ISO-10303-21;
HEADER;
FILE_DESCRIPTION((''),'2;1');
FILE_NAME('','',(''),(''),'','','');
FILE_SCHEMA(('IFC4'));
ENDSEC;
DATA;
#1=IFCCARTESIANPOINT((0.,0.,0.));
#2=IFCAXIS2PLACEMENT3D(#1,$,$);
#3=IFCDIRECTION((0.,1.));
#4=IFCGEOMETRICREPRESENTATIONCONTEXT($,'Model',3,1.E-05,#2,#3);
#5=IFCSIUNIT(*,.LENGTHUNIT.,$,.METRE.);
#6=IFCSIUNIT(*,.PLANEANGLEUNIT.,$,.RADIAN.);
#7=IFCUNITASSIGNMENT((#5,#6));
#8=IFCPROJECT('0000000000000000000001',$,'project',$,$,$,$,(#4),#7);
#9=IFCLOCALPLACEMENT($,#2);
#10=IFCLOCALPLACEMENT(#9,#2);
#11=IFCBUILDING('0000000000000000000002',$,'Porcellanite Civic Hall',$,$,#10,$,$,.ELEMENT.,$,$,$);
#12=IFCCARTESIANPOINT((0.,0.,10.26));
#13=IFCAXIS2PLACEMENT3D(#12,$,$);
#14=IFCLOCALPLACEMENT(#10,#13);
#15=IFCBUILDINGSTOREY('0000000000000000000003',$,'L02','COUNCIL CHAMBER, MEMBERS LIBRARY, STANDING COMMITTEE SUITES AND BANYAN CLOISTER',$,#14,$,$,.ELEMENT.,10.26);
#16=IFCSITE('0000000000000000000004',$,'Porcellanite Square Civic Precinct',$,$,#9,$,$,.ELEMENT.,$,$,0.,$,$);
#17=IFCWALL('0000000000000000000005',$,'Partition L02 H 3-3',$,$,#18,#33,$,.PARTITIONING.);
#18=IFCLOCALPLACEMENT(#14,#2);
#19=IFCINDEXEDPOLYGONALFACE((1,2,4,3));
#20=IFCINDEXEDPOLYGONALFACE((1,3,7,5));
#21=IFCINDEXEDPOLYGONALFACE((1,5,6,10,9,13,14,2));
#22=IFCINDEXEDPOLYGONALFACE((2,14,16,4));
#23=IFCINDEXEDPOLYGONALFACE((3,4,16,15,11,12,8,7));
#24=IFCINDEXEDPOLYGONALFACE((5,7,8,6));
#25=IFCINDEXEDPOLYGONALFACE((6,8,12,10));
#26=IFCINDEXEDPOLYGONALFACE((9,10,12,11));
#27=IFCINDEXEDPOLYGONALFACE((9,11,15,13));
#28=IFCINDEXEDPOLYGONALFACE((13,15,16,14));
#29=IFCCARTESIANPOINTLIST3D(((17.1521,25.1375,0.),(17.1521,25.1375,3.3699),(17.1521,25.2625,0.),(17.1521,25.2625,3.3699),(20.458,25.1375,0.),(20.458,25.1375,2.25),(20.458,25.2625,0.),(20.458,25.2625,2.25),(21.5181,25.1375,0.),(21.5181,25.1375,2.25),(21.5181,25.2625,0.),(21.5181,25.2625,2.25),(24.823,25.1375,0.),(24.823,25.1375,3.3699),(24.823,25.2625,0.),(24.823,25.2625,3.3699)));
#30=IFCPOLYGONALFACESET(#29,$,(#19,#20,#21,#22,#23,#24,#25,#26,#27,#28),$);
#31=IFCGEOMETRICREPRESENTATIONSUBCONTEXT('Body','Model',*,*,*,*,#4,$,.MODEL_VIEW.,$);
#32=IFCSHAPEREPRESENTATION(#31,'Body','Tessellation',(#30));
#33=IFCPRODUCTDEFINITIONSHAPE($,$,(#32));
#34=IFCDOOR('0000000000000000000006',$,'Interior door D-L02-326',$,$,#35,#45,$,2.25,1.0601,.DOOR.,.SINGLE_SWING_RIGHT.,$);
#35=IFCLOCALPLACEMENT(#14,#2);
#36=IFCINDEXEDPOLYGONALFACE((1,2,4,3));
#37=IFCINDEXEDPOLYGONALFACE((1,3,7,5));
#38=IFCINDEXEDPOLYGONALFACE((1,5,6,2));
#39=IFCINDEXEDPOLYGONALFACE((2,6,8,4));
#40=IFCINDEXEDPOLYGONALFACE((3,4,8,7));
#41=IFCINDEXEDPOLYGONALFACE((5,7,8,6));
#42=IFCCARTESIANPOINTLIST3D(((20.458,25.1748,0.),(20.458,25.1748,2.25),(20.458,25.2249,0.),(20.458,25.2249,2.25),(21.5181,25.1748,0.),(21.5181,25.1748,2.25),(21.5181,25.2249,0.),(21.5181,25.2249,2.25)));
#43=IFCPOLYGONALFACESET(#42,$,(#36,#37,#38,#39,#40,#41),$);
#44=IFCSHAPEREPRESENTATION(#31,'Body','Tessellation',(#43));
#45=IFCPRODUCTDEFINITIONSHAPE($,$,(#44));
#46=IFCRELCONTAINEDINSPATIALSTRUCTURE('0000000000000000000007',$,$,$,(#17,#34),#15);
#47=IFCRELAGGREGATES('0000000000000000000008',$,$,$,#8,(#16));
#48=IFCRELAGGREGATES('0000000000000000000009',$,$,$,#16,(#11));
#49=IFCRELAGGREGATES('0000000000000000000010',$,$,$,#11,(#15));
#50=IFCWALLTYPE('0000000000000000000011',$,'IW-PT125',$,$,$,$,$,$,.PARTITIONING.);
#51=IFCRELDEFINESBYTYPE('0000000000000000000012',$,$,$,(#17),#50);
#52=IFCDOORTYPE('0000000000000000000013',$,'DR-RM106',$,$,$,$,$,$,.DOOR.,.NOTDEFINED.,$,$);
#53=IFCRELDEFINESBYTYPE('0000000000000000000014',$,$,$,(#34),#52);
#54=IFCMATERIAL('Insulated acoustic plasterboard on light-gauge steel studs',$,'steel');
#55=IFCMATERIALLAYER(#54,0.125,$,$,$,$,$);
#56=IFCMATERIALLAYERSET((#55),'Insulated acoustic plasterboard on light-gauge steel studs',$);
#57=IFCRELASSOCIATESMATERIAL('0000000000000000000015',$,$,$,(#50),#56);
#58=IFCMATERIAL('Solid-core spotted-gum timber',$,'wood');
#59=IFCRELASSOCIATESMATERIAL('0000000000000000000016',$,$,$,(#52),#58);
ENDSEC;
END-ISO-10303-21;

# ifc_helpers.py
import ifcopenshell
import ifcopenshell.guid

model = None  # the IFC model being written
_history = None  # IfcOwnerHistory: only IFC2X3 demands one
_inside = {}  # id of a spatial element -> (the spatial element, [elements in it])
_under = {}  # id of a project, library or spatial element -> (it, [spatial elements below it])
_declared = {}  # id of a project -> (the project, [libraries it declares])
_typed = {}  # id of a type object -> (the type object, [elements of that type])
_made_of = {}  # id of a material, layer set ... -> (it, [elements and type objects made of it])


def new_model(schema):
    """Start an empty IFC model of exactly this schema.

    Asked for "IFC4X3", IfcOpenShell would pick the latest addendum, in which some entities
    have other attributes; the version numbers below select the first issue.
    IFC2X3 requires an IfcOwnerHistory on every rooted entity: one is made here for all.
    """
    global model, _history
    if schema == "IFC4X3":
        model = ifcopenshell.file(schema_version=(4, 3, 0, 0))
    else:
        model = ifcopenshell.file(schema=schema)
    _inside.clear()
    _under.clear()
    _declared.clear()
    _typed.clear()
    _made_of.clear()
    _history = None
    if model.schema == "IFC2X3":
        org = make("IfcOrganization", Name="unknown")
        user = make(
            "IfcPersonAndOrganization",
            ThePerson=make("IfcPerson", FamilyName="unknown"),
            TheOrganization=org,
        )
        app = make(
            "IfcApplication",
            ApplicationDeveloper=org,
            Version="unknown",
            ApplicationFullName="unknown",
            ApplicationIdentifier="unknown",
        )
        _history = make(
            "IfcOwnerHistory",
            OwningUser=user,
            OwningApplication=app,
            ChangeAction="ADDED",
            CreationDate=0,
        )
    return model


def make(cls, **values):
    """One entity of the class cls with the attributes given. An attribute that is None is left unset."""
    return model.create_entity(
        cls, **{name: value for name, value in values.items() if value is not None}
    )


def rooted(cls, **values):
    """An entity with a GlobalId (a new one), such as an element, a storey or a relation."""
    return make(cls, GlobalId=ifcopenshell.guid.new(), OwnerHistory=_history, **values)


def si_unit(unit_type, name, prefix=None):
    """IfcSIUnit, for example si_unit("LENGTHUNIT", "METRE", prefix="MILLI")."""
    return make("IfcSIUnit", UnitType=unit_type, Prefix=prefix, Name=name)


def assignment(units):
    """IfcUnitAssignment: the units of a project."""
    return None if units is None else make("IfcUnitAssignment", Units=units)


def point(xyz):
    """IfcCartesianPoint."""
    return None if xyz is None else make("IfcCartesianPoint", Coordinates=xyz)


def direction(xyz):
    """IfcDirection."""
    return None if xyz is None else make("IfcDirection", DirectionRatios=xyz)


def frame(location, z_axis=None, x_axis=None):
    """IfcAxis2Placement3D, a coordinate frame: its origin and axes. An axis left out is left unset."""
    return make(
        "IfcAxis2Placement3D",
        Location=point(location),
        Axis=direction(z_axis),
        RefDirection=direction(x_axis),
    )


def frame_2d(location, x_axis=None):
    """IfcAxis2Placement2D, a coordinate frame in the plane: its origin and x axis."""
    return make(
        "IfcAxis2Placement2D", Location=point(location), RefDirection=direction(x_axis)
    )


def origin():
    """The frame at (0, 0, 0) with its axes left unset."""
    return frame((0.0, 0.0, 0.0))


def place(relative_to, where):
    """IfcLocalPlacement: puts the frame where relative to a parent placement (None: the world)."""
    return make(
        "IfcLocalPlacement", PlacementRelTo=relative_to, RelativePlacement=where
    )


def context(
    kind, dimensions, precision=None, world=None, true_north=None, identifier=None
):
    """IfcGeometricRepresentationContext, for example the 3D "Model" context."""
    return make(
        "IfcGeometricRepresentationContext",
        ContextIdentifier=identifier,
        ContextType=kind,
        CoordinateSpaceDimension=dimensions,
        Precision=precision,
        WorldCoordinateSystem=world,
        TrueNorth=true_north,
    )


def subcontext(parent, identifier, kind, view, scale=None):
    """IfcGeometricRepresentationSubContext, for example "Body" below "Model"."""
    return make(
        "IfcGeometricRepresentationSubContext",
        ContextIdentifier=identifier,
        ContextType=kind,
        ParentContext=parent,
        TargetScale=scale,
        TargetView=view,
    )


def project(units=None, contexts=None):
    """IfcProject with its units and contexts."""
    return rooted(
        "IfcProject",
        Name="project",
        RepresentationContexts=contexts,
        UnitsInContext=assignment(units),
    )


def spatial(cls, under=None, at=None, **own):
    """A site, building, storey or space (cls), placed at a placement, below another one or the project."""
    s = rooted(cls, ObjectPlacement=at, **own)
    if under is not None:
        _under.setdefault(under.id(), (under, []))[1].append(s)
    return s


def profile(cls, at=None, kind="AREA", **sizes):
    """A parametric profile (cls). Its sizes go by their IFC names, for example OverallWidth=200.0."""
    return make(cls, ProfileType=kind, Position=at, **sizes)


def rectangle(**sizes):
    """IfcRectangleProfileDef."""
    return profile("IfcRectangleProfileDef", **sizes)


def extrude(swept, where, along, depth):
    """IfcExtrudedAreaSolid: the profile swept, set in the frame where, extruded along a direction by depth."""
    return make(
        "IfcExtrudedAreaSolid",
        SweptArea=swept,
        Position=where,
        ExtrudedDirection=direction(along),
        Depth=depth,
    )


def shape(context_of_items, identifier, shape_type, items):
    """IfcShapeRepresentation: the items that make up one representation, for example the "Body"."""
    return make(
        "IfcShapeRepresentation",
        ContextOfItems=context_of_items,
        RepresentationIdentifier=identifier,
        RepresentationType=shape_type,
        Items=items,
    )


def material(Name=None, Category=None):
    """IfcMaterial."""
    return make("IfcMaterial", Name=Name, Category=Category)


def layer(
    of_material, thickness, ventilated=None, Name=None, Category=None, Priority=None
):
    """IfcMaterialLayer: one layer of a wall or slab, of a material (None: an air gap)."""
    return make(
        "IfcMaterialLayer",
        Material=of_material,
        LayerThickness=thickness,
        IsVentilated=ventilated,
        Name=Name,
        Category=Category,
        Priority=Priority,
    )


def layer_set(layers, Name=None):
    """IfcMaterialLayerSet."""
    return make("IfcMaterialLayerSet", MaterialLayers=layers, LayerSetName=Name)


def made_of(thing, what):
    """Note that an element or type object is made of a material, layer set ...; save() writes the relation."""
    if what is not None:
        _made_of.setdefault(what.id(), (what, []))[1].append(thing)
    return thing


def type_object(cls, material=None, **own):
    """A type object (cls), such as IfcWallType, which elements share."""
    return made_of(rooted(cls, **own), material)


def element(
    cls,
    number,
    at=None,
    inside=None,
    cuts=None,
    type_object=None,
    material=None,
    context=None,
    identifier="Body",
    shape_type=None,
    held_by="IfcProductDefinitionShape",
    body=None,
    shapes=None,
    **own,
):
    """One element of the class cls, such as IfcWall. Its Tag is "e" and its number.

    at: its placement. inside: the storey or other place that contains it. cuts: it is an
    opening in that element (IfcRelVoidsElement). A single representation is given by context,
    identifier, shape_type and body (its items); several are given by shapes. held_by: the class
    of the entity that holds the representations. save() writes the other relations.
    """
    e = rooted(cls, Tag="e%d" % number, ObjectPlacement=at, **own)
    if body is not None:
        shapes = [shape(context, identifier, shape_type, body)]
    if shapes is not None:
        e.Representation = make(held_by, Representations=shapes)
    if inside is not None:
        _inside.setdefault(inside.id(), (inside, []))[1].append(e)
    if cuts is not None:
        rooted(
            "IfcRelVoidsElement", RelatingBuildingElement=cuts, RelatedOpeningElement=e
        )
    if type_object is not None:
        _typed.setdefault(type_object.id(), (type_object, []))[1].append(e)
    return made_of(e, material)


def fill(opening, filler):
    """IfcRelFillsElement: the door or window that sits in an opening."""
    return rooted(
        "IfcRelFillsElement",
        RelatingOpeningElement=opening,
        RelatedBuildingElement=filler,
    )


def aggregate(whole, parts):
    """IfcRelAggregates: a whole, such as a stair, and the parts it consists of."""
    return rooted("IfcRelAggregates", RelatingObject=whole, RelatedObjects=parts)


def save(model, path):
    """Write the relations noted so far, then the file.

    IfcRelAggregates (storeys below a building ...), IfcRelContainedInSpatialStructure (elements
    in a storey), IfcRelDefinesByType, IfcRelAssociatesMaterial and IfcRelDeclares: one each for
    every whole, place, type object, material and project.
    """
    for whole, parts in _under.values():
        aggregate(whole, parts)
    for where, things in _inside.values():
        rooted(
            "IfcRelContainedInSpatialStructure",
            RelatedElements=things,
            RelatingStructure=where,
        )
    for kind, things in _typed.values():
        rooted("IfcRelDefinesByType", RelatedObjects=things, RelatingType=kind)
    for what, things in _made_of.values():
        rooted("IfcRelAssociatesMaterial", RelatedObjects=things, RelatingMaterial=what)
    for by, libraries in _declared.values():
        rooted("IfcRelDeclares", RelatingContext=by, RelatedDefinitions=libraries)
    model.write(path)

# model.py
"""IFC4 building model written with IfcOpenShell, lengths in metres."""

from ifc_helpers import new_model, si_unit, direction, frame, frame_2d, origin, place, context, subcontext, project, spatial, rectangle, extrude, material, layer, layer_set, type_object, element, fill, save


model = new_model("IFC4")

# Units and contexts
model_context = context("Model", 3, precision=1e-05, world=origin(), true_north=direction((0.0, 1.0)))
body_context = subcontext(model_context, "Body", "Model", "MODEL_VIEW")
ifc_project = project(units=[si_unit("LENGTHUNIT", "METRE"), si_unit("PLANEANGLEUNIT", "RADIAN")], contexts=[model_context])

# Site, building, storey
site_placement = place(None, origin())
site = spatial("IfcSite", under=ifc_project, at=site_placement, Name="Porcellanite Square Civic Precinct", CompositionType="ELEMENT", RefElevation=0.0)
building_placement = place(site_placement, origin())
building = spatial("IfcBuilding", under=site, at=building_placement, Name="Porcellanite Civic Hall", CompositionType="ELEMENT")
storey_placement = place(building_placement, frame((0.0, 0.0, 10.26)))
storey = spatial("IfcBuildingStorey", under=building, at=storey_placement, Name="L02", Description="COUNCIL CHAMBER, MEMBERS LIBRARY, STANDING COMMITTEE SUITES AND BANYAN CLOISTER", CompositionType="ELEMENT", Elevation=10.26)

# Wall, opening, door
ifc_material_1 = material(Name="Insulated acoustic plasterboard on light-gauge steel studs", Category="steel")
ifc_layer_1 = layer(ifc_material_1, 0.125)
ifc_layer_set_1 = layer_set([ifc_layer_1], Name="Insulated acoustic plasterboard on light-gauge steel studs")
wall_type_1 = type_object("IfcWallType", Name="IW-PT125", PredefinedType="PARTITIONING", material=ifc_layer_set_1)
wall_1_placement = place(storey_placement, frame((17.1521, 25.2, 0.0), z_axis=(0.0, 0.0, 1.0), x_axis=(1.0, 0.0, 0.0)))
wall_1 = element("IfcWall", 1, at=wall_1_placement, inside=storey, type_object=wall_type_1, Name="Partition L02 H 3-3", PredefinedType="PARTITIONING", context=body_context, shape_type="SweptSolid", body=[
    extrude(rectangle(XDim=7.6709, YDim=0.125, at=frame_2d((3.8354, 0.0))), origin(), (0.0, 0.0, 1.0), 3.3699),
])
opening_1_placement = place(wall_1_placement, frame((3.3059, 0.0, 0.0)))
opening_1 = element("IfcOpeningElement", 2, at=opening_1_placement, cuts=wall_1, PredefinedType="OPENING", context=body_context, shape_type="SweptSolid", body=[
    extrude(rectangle(XDim=1.0601, YDim=2.25, at=frame_2d((0.53, 1.125))), frame((0.0, 0.0625, 0.0), z_axis=(0.0, -1.0, 0.0), x_axis=(1.0, 0.0, 0.0)), (0.0, 0.0, 1.0), 0.125),
])
ifc_material_2 = material(Name="Solid-core spotted-gum timber", Category="wood")
door_type_1 = type_object("IfcDoorType", Name="DR-RM106", OperationType="NOTDEFINED", PredefinedType="DOOR", material=ifc_material_2)
door_1_placement = place(opening_1_placement, origin())
door_1 = element("IfcDoor", 3, at=door_1_placement, inside=storey, type_object=door_type_1, Name="Interior door D-L02-326", OperationType="SINGLE_SWING_RIGHT", OverallHeight=2.25, OverallWidth=1.0601, PredefinedType="DOOR", context=body_context, shape_type="SweptSolid", body=[
    extrude(rectangle(XDim=1.0601, YDim=2.25, at=frame_2d((0.53, 1.125))), frame((0.0, 0.0249, 0.0), z_axis=(0.0, -1.0, 0.0), x_axis=(1.0, 0.0, 0.0)), (0.0, 0.0, 1.0), 0.05),
])
fill(opening_1, door_1)

save(model, "model.ifc")
